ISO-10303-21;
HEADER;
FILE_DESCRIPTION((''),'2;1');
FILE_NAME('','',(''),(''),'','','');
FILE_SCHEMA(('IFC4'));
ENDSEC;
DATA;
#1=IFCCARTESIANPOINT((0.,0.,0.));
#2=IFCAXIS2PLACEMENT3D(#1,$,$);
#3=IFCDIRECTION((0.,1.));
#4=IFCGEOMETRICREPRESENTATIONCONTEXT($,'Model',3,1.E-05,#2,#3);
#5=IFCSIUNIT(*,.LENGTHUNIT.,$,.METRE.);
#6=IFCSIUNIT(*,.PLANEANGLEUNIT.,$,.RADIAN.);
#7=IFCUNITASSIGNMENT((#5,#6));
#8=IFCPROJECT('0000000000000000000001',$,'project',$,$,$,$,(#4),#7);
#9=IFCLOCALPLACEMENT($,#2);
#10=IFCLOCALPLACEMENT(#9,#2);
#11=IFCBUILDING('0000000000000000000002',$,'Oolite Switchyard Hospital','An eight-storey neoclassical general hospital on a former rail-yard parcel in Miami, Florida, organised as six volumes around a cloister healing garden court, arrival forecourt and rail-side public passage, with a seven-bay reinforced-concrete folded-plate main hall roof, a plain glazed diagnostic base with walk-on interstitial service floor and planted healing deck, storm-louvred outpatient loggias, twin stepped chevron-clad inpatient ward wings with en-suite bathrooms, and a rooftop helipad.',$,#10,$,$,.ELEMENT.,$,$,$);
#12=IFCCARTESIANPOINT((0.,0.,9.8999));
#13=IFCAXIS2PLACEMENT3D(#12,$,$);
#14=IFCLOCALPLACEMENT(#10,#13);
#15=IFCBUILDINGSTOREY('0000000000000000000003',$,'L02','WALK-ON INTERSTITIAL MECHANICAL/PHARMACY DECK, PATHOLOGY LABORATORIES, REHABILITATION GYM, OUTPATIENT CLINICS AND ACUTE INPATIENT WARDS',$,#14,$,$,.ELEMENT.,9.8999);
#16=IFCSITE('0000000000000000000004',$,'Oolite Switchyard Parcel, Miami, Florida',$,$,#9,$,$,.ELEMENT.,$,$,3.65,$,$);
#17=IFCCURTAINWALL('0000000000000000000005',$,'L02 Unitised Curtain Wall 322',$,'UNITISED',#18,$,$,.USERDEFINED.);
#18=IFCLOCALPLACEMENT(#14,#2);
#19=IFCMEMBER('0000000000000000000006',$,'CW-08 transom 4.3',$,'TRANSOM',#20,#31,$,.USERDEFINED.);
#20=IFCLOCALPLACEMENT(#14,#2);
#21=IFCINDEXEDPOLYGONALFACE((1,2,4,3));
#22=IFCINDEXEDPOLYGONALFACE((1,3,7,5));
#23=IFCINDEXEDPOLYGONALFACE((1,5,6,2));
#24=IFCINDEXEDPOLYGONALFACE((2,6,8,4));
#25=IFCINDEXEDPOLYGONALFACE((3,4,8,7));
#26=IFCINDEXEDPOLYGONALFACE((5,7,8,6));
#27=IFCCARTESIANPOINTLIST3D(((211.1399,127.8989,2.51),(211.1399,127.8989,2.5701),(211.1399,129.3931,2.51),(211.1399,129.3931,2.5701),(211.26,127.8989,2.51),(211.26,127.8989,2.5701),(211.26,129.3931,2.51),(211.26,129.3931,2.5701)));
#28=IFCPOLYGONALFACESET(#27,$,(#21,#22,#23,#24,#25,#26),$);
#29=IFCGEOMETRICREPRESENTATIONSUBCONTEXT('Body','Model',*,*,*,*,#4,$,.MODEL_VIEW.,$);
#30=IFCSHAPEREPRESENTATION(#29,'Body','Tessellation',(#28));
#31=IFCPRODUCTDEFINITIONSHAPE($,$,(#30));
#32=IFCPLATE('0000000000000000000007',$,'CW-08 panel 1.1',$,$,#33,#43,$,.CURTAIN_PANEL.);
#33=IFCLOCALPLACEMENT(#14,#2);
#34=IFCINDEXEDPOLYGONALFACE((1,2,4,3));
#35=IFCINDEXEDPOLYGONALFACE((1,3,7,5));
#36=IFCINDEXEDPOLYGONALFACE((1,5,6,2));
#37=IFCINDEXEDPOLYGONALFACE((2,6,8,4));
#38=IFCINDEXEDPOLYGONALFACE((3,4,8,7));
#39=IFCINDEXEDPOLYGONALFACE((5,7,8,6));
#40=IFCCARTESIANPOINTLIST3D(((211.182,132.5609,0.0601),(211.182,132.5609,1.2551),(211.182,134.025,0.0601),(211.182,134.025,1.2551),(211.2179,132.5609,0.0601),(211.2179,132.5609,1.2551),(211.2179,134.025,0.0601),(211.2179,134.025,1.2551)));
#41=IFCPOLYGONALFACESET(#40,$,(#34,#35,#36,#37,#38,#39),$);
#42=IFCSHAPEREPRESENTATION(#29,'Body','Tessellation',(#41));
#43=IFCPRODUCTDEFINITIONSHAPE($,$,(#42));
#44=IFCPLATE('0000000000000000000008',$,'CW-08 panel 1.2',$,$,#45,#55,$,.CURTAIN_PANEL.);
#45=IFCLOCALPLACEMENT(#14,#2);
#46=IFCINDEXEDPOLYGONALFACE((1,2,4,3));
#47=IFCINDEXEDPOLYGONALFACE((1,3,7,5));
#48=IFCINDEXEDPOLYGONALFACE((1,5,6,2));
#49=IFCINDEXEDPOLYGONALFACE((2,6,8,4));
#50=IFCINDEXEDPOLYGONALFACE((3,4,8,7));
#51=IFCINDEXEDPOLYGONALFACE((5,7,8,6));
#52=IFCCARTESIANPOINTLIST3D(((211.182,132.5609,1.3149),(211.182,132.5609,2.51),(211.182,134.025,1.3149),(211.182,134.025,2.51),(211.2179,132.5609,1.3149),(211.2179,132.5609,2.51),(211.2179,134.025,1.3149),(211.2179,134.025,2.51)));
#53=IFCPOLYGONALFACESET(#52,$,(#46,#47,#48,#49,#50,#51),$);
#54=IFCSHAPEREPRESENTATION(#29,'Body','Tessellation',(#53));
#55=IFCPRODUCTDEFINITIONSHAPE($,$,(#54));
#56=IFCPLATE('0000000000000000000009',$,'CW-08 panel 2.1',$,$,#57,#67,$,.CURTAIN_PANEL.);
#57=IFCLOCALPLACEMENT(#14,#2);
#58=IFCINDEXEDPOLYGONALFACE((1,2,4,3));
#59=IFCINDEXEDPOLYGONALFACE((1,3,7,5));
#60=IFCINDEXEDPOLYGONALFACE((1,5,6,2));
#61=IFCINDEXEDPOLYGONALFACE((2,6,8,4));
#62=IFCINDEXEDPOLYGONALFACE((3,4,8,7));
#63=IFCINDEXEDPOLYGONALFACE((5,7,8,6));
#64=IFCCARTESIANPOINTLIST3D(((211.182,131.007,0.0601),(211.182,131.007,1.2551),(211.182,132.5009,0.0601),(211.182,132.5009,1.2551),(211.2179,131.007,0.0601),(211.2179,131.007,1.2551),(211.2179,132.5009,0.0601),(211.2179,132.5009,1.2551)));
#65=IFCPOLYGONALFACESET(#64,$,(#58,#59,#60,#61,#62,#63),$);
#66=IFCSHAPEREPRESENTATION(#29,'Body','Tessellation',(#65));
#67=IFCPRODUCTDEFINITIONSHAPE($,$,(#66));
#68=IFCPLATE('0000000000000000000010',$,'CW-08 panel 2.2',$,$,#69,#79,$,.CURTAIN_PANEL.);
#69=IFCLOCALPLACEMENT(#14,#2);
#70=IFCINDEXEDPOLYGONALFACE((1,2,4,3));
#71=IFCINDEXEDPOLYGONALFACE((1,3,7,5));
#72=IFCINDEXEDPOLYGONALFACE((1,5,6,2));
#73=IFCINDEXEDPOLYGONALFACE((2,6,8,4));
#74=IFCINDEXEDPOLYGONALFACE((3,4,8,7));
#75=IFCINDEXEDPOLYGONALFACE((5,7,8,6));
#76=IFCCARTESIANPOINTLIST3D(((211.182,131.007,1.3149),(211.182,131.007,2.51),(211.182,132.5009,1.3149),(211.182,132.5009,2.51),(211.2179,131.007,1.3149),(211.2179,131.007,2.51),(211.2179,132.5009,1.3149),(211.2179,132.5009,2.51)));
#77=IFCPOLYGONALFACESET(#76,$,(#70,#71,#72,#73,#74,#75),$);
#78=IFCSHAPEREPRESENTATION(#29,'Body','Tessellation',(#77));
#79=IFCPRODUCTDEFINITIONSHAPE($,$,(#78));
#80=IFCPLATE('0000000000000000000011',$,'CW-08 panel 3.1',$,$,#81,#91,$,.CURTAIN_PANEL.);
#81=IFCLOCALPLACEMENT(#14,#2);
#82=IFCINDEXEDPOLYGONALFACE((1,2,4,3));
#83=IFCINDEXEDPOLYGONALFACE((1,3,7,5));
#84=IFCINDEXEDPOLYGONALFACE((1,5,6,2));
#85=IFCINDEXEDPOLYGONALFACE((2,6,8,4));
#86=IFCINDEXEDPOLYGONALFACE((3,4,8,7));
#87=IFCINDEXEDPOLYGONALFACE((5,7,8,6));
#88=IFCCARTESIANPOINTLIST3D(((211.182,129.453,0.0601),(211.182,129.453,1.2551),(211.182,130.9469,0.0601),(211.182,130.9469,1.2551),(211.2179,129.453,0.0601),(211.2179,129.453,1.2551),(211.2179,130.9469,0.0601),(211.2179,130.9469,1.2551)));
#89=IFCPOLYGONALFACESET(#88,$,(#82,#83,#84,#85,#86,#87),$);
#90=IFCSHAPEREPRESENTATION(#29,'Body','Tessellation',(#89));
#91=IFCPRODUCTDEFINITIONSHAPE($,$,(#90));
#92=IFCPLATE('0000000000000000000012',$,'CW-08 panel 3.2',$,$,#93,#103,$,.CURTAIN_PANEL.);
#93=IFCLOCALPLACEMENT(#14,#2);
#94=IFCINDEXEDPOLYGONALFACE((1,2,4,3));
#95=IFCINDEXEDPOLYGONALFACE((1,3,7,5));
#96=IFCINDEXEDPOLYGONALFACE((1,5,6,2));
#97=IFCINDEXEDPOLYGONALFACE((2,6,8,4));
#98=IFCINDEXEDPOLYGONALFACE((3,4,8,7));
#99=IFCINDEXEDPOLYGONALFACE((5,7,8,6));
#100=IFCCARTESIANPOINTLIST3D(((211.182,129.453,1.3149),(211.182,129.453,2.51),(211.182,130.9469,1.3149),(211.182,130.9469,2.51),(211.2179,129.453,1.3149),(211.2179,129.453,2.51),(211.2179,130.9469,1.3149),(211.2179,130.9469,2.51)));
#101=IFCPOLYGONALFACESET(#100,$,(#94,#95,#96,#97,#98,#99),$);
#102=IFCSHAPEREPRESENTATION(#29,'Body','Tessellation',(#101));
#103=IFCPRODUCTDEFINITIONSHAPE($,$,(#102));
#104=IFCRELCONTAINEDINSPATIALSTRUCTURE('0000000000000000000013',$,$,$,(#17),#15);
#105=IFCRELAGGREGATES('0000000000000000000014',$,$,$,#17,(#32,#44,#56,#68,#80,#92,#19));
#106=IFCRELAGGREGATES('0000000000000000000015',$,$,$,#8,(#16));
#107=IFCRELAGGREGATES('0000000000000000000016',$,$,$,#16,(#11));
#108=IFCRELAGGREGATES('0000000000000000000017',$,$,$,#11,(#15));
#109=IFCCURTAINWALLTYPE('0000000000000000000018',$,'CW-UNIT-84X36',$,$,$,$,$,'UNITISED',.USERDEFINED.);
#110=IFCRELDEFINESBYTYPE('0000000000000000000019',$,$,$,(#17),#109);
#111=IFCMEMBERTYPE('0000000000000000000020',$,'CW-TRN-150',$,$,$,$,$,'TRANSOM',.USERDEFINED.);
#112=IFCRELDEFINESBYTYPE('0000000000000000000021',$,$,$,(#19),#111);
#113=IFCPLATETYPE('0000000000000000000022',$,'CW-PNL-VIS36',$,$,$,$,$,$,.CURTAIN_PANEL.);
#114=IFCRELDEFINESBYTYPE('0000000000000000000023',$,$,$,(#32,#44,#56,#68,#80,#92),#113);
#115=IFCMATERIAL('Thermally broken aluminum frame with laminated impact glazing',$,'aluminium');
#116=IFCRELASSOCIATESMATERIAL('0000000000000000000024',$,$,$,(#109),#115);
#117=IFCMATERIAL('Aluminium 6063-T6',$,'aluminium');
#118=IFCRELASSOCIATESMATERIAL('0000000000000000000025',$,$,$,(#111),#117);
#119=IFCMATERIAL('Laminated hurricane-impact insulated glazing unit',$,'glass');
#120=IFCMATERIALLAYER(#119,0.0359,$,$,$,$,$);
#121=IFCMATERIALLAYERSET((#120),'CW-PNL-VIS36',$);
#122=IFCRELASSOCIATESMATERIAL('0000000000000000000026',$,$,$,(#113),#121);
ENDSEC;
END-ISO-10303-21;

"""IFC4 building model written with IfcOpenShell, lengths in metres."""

from ifc_helpers import new_model, si_unit, direction, frame, origin, origin_2d, place, context, subcontext, project, spatial, rectangle, extrude, material, layer, layer_set, material_profile, profile_set, type_object, element, aggregate, save


model = new_model("IFC4")

# Units and contexts
model_context = context("Model", 3, precision=1e-05, world=origin(), true_north=direction((0.0, 1.0)))
body_context = subcontext(model_context, "Body", "Model", "MODEL_VIEW")
ifc_project = project(units=[si_unit("LENGTHUNIT", "METRE"), si_unit("PLANEANGLEUNIT", "RADIAN")], contexts=[model_context])

# Site, building, storey
site_placement = place(None, origin())
site = spatial("IfcSite", under=ifc_project, at=site_placement, Name="Oolite Switchyard Parcel, Miami, Florida", CompositionType="ELEMENT", RefElevation=3.65)
building_placement = place(site_placement, origin())
building = spatial("IfcBuilding", under=site, at=building_placement, Name="Oolite Switchyard Hospital", Description="An eight-storey neoclassical general hospital on a former rail-yard parcel in Miami, Florida, organised as six volumes around a cloister healing garden court, arrival forecourt and rail-side public passage, with a seven-bay reinforced-concrete folded-plate main hall roof, a plain glazed diagnostic base with walk-on interstitial service floor and planted healing deck, storm-louvred outpatient loggias, twin stepped chevron-clad inpatient ward wings with en-suite bathrooms, and a rooftop helipad.", CompositionType="ELEMENT")
storey_placement = place(building_placement, frame((0.0, 0.0, 9.8999)))
storey = spatial("IfcBuildingStorey", under=building, at=storey_placement, Name="L02", Description="WALK-ON INTERSTITIAL MECHANICAL/PHARMACY DECK, PATHOLOGY LABORATORIES, REHABILITATION GYM, OUTPATIENT CLINICS AND ACUTE INPATIENT WARDS", CompositionType="ELEMENT", Elevation=9.8999)

# Curtain wall, member, plates
ifc_material_1 = material(Name="Thermally broken aluminum frame with laminated impact glazing", Category="aluminium")
curtain_wall_type = type_object("IfcCurtainWallType", Name="CW-UNIT-84X36", ElementType="UNITISED", PredefinedType="USERDEFINED", material=ifc_material_1)
curtain_wall_placement = place(storey_placement, origin())
curtain_wall = element("IfcCurtainWall", 1, at=curtain_wall_placement, inside=storey, type_object=curtain_wall_type, Name="L02 Unitised Curtain Wall 322", ObjectType="UNITISED", PredefinedType="USERDEFINED")
ifc_material_2 = material(Name="Aluminium 6063-T6", Category="aluminium")
ifc_material_profile_1 = material_profile(ifc_material_2, rectangle(XDim=0.1201, YDim=0.0601, at=origin_2d()), Name="CWT60X120")
ifc_profile_set_1 = profile_set([ifc_material_profile_1], Name="Aluminium 6063-T6")
member_type_1 = type_object("IfcMemberType", Name="CW-TRN-150", ElementType="TRANSOM", PredefinedType="USERDEFINED", material=ifc_profile_set_1)
member_1_placement = place(storey_placement, frame((211.2, 129.3931, 2.54), z_axis=(0.0, -1.0, 0.0), x_axis=(1.0, 0.0, 0.0)))
member_1 = element("IfcMember", 2, at=member_1_placement, type_object=member_type_1, Name="CW-08 transom 4.3", ObjectType="TRANSOM", PredefinedType="USERDEFINED", context=body_context, shape_type="SweptSolid", body=[
    extrude(rectangle(XDim=0.1201, YDim=0.0601, at=origin_2d()), origin(), (0.0, 0.0, 1.0), 1.4941),
])
ifc_material_3 = material(Name="Laminated hurricane-impact insulated glazing unit", Category="glass")
ifc_layer = layer(ifc_material_3, 0.0359)
ifc_layer_set = layer_set([ifc_layer], Name="CW-PNL-VIS36")
plate_type = type_object("IfcPlateType", Name="CW-PNL-VIS36", PredefinedType="CURTAIN_PANEL", material=ifc_layer_set)
plate_1_placement = place(storey_placement, frame((211.2, 133.293, 0.0601), z_axis=(0.0, 0.0, 1.0), x_axis=(0.0, -1.0, 0.0)))
plate_1 = element("IfcPlate", 3, at=plate_1_placement, type_object=plate_type, Name="CW-08 panel 1.1", PredefinedType="CURTAIN_PANEL", context=body_context, shape_type="SweptSolid", body=[
    extrude(rectangle(XDim=1.4641, YDim=0.0359, at=origin_2d()), origin(), (0.0, 0.0, 1.0), 1.1951),
])
plate_2_placement = place(storey_placement, frame((211.2, 133.293, 1.3149), z_axis=(0.0, 0.0, 1.0), x_axis=(0.0, -1.0, 0.0)))
plate_2 = element("IfcPlate", 4, at=plate_2_placement, type_object=plate_type, Name="CW-08 panel 1.2", PredefinedType="CURTAIN_PANEL", context=body_context, shape_type="SweptSolid", body=[
    extrude(rectangle(XDim=1.4641, YDim=0.0359, at=origin_2d()), origin(), (0.0, 0.0, 1.0), 1.1951),
])
plate_3_placement = place(storey_placement, frame((211.2, 131.7539, 0.0601), z_axis=(0.0, 0.0, 1.0), x_axis=(0.0, -1.0, 0.0)))
plate_3 = element("IfcPlate", 5, at=plate_3_placement, type_object=plate_type, Name="CW-08 panel 2.1", PredefinedType="CURTAIN_PANEL", context=body_context, shape_type="SweptSolid", body=[
    extrude(rectangle(XDim=1.4939, YDim=0.0359, at=origin_2d()), origin(), (0.0, 0.0, 1.0), 1.1951),
])
plate_4_placement = place(storey_placement, frame((211.2, 131.7539, 1.3149), z_axis=(0.0, 0.0, 1.0), x_axis=(0.0, -1.0, 0.0)))
plate_4 = element("IfcPlate", 6, at=plate_4_placement, type_object=plate_type, Name="CW-08 panel 2.2", PredefinedType="CURTAIN_PANEL", context=body_context, shape_type="SweptSolid", body=[
    extrude(rectangle(XDim=1.4939, YDim=0.0359, at=origin_2d()), origin(), (0.0, 0.0, 1.0), 1.1951),
])
plate_5_placement = place(storey_placement, frame((211.2, 130.2, 0.0601), z_axis=(0.0, 0.0, 1.0), x_axis=(0.0, -1.0, 0.0)))
plate_5 = element("IfcPlate", 7, at=plate_5_placement, type_object=plate_type, Name="CW-08 panel 3.1", PredefinedType="CURTAIN_PANEL", context=body_context, shape_type="SweptSolid", body=[
    extrude(rectangle(XDim=1.4939, YDim=0.0359, at=origin_2d()), origin(), (0.0, 0.0, 1.0), 1.1951),
])
plate_6_placement = place(storey_placement, frame((211.2, 130.2, 1.3149), z_axis=(0.0, 0.0, 1.0), x_axis=(0.0, -1.0, 0.0)))
plate_6 = element("IfcPlate", 8, at=plate_6_placement, type_object=plate_type, Name="CW-08 panel 3.2", PredefinedType="CURTAIN_PANEL", context=body_context, shape_type="SweptSolid", body=[
    extrude(rectangle(XDim=1.4939, YDim=0.0359, at=origin_2d()), origin(), (0.0, 0.0, 1.0), 1.1951),
])
aggregate(curtain_wall, [plate_1, plate_2, plate_3, plate_4, plate_5, plate_6, member_1])

save(model, "model.ifc")
